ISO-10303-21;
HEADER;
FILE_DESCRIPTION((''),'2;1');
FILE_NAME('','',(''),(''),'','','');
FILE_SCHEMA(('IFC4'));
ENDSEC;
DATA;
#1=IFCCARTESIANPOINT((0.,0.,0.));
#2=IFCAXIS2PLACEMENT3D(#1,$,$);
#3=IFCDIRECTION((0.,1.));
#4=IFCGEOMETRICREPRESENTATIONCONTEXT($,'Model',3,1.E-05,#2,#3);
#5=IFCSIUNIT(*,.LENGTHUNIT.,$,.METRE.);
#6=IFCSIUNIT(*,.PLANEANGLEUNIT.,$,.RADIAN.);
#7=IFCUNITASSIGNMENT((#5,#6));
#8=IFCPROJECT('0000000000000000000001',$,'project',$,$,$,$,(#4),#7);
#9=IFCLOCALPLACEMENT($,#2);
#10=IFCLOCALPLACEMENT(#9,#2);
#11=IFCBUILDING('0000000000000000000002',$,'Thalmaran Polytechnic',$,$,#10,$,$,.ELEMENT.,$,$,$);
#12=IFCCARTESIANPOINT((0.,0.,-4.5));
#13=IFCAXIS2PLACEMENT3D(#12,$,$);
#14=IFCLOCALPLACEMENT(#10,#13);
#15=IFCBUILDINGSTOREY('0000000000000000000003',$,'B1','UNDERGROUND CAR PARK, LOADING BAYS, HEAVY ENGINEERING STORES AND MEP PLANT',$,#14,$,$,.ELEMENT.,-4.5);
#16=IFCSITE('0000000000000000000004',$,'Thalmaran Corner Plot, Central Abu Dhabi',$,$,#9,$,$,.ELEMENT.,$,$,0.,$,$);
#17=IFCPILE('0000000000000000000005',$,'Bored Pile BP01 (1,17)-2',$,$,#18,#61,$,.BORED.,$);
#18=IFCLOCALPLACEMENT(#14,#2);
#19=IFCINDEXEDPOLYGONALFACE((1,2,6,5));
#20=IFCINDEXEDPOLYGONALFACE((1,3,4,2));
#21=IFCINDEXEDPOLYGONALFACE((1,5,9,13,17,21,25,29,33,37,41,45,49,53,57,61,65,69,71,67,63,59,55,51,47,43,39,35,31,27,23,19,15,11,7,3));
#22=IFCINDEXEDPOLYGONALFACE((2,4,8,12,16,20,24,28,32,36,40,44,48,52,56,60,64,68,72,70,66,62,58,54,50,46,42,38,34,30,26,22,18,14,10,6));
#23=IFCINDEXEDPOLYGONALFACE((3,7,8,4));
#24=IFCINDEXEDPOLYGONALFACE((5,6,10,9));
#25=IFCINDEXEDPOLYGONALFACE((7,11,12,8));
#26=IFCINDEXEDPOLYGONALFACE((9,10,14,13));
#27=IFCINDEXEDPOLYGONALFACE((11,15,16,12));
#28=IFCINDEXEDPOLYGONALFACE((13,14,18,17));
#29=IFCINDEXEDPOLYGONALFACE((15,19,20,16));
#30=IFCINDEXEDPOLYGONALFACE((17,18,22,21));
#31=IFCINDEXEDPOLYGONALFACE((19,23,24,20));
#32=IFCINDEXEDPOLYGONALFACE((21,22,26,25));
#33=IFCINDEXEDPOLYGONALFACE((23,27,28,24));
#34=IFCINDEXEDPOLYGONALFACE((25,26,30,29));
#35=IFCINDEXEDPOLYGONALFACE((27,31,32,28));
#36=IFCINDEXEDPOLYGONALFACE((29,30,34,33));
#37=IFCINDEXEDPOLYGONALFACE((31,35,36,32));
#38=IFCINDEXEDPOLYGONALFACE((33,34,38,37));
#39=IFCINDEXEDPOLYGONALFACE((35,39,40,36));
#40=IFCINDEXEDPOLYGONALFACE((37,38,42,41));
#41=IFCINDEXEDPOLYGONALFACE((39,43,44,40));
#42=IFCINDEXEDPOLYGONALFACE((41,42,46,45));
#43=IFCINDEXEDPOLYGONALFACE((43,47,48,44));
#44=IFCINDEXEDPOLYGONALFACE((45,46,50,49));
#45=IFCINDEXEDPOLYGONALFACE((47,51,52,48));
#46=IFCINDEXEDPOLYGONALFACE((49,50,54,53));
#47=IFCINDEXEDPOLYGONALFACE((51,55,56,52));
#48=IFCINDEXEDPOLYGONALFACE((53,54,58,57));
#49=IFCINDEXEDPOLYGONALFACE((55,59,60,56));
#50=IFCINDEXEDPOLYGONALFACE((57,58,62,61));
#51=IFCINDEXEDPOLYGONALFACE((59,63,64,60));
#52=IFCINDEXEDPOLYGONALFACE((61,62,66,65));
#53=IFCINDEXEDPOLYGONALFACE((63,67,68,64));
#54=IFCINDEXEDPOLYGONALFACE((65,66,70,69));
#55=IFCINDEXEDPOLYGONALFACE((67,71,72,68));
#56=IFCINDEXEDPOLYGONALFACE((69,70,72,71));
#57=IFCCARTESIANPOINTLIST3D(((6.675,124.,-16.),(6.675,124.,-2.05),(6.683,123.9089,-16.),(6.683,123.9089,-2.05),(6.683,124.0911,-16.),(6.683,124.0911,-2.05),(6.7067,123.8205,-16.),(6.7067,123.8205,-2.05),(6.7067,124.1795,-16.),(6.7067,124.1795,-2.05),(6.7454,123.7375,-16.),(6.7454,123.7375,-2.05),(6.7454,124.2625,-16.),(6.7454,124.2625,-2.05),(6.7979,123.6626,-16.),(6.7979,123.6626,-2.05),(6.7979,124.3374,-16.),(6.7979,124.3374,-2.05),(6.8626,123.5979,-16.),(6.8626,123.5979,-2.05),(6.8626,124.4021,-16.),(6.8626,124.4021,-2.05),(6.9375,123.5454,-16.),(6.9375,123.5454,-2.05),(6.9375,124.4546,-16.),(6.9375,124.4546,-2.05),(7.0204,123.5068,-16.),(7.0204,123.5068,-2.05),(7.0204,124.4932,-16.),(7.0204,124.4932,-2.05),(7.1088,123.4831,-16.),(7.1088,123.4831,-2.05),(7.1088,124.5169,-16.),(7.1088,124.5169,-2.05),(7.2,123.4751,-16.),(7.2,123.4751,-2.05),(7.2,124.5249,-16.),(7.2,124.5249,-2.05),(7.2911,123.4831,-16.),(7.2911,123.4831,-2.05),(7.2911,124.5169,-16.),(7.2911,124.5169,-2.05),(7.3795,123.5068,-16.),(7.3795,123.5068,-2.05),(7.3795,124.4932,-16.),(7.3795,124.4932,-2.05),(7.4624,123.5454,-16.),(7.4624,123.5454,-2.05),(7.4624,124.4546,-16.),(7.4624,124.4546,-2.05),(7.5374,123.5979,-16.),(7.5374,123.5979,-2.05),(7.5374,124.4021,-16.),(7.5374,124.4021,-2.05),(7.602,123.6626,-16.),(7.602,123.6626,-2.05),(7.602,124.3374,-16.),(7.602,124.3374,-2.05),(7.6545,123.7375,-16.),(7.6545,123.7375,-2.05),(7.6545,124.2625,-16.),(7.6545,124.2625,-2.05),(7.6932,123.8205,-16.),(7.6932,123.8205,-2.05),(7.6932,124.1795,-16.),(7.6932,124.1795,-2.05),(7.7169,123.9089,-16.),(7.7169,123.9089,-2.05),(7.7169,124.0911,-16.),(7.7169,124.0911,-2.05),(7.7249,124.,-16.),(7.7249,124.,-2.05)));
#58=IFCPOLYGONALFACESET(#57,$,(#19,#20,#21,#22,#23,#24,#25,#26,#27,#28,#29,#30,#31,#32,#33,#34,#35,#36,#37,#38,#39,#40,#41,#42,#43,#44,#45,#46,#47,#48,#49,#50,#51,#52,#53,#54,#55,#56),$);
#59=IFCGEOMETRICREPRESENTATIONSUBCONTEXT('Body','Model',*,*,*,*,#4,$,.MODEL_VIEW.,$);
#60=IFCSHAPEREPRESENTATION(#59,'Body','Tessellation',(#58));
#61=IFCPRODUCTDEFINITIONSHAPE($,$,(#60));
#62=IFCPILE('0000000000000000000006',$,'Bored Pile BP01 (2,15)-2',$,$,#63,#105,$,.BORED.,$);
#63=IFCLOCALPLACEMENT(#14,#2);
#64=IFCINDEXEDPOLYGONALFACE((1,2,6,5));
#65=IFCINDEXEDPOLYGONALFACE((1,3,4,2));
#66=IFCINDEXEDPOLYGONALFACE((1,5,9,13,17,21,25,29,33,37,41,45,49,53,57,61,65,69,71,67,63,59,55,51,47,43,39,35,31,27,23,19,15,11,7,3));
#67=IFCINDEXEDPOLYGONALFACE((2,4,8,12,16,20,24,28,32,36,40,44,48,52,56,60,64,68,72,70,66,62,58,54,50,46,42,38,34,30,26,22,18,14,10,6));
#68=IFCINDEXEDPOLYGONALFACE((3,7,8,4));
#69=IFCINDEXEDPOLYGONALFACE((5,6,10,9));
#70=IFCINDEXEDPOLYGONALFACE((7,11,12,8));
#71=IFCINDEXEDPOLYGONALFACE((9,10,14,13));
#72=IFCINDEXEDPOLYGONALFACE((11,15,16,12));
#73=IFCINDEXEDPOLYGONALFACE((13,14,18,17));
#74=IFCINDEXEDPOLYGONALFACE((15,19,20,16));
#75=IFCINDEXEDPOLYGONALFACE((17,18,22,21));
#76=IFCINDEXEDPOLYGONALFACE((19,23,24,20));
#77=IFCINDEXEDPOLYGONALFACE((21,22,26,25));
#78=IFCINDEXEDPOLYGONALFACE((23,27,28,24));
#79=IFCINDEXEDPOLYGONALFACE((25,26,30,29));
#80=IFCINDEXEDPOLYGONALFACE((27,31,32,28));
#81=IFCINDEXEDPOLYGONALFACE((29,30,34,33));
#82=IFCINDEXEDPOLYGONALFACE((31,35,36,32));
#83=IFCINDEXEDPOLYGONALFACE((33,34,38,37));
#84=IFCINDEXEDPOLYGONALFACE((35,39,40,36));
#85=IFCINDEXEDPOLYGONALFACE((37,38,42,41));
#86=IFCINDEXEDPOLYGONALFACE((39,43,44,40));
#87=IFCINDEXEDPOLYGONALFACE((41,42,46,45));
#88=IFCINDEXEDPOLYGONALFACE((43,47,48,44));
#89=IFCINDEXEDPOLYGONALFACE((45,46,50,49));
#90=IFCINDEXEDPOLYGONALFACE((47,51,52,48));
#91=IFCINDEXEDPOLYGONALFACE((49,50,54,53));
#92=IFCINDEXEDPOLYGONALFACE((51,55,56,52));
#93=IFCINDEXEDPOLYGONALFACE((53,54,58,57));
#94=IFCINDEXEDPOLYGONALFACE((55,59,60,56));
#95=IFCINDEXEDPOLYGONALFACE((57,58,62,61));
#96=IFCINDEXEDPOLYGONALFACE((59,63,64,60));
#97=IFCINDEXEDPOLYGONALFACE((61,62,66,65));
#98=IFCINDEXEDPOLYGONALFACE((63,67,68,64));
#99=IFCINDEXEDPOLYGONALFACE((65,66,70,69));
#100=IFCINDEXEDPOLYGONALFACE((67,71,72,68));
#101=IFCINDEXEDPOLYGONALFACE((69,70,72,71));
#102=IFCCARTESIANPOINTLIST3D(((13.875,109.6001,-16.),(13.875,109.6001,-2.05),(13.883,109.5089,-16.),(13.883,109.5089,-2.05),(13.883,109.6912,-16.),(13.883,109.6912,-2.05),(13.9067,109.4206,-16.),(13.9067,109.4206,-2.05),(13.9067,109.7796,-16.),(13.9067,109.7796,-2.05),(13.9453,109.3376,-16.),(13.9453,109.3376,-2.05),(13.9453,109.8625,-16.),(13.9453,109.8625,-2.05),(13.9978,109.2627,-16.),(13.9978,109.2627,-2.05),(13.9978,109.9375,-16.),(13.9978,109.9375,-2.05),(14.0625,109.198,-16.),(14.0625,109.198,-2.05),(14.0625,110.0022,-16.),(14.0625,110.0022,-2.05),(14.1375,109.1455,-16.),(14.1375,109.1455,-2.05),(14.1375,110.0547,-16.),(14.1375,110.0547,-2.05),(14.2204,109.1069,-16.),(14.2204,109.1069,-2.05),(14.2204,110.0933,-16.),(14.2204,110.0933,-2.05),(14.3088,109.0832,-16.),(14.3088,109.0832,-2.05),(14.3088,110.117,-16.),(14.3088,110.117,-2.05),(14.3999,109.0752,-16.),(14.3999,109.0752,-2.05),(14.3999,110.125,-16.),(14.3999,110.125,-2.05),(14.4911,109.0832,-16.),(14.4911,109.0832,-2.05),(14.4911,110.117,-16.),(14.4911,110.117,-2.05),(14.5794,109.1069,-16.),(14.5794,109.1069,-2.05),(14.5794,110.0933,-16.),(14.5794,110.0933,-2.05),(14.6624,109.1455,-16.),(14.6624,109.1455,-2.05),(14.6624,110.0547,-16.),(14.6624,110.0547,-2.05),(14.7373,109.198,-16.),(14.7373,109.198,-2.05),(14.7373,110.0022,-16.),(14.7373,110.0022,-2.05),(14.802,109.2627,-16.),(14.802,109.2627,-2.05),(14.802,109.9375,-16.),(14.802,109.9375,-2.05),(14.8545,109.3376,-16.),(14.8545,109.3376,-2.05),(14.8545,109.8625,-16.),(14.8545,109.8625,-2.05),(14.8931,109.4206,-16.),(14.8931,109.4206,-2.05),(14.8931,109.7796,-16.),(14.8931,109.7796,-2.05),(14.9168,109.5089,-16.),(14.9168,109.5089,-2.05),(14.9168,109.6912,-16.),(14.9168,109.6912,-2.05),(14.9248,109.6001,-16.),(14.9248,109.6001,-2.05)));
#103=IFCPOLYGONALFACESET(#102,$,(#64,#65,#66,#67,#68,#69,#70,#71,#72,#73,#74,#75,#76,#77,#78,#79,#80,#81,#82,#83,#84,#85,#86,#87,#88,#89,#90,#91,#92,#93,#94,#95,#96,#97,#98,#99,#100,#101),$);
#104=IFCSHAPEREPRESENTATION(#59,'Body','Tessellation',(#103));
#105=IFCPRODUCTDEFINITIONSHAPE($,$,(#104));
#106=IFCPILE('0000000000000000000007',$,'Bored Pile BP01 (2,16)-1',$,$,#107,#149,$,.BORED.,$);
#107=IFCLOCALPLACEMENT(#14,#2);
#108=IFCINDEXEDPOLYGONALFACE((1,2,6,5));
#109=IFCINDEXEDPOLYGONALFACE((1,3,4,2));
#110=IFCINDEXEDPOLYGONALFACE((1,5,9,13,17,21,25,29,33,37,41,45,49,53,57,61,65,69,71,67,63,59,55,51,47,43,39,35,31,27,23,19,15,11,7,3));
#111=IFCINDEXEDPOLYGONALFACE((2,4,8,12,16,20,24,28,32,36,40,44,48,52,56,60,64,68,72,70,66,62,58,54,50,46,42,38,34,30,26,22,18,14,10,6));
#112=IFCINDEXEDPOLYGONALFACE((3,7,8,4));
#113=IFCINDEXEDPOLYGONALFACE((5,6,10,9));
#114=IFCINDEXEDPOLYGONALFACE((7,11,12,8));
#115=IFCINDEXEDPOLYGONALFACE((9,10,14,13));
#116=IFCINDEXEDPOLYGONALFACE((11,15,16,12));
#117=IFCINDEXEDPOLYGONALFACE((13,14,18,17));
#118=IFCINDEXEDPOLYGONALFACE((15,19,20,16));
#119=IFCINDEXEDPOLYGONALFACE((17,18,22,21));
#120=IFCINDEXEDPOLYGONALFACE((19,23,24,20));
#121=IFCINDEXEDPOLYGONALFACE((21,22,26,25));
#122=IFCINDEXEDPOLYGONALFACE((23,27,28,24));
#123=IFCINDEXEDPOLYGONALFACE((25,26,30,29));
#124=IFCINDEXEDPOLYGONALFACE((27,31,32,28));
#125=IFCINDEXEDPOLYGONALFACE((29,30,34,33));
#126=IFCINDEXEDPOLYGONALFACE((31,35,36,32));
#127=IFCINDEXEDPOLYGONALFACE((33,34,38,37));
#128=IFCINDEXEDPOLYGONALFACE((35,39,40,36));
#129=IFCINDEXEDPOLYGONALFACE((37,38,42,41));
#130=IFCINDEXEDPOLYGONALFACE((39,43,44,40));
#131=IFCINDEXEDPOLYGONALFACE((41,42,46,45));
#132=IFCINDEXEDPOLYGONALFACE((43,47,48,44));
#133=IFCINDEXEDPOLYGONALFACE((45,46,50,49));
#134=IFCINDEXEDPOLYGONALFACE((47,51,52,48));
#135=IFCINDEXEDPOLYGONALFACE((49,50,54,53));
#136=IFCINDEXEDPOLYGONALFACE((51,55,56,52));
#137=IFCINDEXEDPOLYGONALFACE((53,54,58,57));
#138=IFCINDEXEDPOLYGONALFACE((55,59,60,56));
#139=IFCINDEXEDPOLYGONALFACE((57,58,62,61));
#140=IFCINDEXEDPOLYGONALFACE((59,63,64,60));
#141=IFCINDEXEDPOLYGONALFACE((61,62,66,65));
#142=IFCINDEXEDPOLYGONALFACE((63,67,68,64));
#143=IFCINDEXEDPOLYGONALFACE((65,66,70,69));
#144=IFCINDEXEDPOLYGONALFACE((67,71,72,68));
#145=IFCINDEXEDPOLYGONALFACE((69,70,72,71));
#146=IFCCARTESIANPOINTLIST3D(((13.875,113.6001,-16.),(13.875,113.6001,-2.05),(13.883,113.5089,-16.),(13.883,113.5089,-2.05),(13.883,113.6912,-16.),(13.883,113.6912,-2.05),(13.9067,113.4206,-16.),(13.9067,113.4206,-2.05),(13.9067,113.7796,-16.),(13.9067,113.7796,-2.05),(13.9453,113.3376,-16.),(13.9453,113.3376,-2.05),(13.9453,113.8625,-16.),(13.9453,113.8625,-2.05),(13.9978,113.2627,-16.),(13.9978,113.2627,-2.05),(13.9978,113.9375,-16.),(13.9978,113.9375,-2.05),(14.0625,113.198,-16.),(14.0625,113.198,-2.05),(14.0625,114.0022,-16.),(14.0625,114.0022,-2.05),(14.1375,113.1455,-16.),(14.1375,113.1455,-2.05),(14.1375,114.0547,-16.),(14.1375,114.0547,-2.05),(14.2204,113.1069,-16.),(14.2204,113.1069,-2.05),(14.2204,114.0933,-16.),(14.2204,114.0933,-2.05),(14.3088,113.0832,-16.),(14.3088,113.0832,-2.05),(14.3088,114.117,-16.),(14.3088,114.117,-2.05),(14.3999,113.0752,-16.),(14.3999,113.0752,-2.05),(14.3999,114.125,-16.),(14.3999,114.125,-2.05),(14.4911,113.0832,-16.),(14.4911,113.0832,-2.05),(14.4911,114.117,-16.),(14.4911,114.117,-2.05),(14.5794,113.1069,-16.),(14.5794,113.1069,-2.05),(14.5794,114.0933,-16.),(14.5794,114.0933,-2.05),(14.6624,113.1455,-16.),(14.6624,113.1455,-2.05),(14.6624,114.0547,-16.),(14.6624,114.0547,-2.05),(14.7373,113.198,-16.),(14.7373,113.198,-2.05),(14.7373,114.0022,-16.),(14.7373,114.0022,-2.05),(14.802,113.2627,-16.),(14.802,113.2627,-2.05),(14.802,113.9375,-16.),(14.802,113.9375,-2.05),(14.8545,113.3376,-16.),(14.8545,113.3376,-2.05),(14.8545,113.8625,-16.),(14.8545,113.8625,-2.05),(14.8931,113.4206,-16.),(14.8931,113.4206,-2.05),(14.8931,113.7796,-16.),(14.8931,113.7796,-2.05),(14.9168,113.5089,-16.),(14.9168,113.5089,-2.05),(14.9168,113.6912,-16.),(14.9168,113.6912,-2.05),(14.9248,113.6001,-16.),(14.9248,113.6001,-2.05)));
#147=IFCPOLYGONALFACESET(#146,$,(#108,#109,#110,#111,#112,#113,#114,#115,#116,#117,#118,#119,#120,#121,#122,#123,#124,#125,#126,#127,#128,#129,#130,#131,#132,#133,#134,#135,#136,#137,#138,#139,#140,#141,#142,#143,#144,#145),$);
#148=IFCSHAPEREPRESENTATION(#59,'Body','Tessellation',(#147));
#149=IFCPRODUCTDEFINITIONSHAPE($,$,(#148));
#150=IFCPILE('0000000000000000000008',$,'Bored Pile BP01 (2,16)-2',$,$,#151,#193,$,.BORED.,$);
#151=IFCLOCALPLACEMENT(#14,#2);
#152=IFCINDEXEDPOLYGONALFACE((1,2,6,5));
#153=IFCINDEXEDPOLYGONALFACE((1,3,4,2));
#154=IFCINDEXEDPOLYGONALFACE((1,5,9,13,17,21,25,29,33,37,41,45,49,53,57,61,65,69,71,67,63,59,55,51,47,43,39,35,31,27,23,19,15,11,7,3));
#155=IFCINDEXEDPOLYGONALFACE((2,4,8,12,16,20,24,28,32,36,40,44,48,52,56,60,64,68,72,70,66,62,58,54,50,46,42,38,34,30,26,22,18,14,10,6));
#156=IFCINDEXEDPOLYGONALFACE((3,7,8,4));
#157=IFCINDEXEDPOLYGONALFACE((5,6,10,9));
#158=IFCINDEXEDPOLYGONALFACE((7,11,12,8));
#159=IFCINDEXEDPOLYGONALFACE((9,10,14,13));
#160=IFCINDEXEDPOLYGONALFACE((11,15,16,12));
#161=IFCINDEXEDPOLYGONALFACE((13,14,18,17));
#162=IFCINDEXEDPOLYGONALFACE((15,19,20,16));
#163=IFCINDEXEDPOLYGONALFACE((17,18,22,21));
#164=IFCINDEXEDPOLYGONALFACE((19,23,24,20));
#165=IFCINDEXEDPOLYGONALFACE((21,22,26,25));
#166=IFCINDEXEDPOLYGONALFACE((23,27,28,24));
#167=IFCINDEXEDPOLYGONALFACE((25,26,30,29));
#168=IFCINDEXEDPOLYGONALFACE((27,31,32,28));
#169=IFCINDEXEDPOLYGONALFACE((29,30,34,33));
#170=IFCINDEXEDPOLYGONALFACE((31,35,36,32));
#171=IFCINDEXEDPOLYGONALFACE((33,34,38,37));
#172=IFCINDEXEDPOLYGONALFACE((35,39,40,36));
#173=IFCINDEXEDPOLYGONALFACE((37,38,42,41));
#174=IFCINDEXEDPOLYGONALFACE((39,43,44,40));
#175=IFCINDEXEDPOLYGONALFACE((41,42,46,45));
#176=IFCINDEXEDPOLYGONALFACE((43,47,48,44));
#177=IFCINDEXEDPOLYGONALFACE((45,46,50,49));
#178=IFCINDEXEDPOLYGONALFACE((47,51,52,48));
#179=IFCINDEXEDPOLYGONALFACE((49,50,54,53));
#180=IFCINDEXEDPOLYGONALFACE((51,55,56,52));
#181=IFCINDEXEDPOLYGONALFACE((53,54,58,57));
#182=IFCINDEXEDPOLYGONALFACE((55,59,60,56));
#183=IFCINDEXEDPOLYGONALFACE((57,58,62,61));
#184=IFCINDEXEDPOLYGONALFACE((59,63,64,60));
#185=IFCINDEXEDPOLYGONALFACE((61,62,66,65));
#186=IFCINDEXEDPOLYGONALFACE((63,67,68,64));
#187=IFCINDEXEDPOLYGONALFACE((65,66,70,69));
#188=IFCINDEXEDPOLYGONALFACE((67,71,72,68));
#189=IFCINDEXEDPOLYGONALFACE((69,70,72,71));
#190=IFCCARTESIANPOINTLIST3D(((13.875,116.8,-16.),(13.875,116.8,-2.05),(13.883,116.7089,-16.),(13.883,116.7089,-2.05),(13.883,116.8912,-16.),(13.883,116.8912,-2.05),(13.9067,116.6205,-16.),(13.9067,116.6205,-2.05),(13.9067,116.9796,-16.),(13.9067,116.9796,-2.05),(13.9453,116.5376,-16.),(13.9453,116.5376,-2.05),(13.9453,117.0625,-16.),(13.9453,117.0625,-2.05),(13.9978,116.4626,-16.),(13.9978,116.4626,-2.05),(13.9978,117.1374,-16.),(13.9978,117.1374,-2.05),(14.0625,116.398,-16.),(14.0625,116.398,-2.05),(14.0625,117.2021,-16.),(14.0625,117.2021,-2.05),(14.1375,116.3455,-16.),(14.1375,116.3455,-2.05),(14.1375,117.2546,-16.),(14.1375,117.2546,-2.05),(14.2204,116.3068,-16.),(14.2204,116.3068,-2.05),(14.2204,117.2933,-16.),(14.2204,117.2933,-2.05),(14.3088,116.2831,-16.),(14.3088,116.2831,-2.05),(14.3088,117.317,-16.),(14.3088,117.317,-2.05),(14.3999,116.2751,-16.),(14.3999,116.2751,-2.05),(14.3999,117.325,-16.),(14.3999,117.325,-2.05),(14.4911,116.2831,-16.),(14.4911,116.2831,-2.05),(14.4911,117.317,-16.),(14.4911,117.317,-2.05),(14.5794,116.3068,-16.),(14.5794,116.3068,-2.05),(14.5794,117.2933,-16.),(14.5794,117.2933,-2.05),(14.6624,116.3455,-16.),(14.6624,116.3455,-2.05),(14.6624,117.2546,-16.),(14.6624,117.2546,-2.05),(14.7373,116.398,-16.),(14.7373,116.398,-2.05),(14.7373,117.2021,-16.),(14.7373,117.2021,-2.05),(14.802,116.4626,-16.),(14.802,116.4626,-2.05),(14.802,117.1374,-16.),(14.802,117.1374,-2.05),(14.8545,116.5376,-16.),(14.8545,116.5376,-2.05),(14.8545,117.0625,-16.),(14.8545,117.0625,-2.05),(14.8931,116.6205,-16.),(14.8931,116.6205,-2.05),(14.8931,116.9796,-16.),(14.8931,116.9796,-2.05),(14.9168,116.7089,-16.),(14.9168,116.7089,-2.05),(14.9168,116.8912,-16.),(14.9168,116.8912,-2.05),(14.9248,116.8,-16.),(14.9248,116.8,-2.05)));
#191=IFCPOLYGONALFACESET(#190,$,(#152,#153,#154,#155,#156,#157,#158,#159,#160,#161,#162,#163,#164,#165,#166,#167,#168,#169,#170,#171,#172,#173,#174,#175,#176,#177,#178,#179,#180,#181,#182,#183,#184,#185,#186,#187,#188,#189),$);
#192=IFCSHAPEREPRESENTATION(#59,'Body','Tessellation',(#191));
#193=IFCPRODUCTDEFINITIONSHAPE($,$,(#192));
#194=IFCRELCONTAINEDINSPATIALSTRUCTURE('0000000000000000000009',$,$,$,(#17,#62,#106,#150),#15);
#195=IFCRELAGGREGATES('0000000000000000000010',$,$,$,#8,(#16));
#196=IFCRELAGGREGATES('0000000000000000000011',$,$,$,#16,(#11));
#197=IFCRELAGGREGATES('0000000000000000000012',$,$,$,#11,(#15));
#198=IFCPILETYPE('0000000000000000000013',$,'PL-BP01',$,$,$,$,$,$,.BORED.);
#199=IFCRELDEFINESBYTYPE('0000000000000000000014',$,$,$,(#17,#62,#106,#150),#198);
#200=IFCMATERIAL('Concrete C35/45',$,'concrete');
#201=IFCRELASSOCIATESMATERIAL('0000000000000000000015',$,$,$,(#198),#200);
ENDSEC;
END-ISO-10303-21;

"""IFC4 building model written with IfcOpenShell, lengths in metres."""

from ifc_helpers import new_model, si_unit, direction, frame, origin, origin_2d, place, context, subcontext, project, spatial, circle, extrude, material, material_profile, profile_set, type_object, element, save


model = new_model("IFC4")

# Units and contexts
model_context = context("Model", 3, precision=1e-05, world=origin(), true_north=direction((0.0, 1.0)))
body_context = subcontext(model_context, "Body", "Model", "MODEL_VIEW")
ifc_project = project(units=[si_unit("LENGTHUNIT", "METRE"), si_unit("PLANEANGLEUNIT", "RADIAN")], contexts=[model_context])

# Site, building, storey
site_placement = place(None, origin())
site = spatial("IfcSite", under=ifc_project, at=site_placement, Name="Thalmaran Corner Plot, Central Abu Dhabi", CompositionType="ELEMENT", RefElevation=0.0)
building_placement = place(site_placement, origin())
building = spatial("IfcBuilding", under=site, at=building_placement, Name="Thalmaran Polytechnic", CompositionType="ELEMENT")
storey_placement = place(building_placement, frame((0.0, 0.0, -4.5)))
storey = spatial("IfcBuildingStorey", under=building, at=storey_placement, Name="B1", Description="UNDERGROUND CAR PARK, LOADING BAYS, HEAVY ENGINEERING STORES AND MEP PLANT", CompositionType="ELEMENT", Elevation=-4.5)

# Piles
ifc_material_1 = material(Name="Concrete C35/45", Category="concrete")
ifc_material_profile_1 = material_profile(ifc_material_1, circle(Radius=0.5249, at=origin_2d()), Name="RC 1050 DIA")
ifc_profile_set_1 = profile_set([ifc_material_profile_1], Name="Concrete C35/45")
pile_type = type_object("IfcPileType", Name="PL-BP01", PredefinedType="BORED", material=ifc_profile_set_1)
for number, where, z_axis, x_axis, name in (
    (1, (7.2, 124.0, -2.05), (0.0, 0.0, -1.0), (1.0, 0.0, 0.0), "Bored Pile BP01 (1,17)-2"),
    (2, (14.3999, 109.6001, -2.05), (0.0, 0.0, -1.0), (1.0, 0.0, 0.0), "Bored Pile BP01 (2,15)-2"),
    (3, (14.3999, 113.6001, -2.05), (0.0, 0.0, -1.0), (1.0, 0.0, 0.0), "Bored Pile BP01 (2,16)-1"),
    (4, (14.3999, 116.8, -2.05), (0.0, 0.0, -1.0), (1.0, 0.0, 0.0), "Bored Pile BP01 (2,16)-2"),
):
    element("IfcPile", number, at=place(storey_placement, frame(where, z_axis=z_axis, x_axis=x_axis)), inside=storey, type_object=pile_type, Name=name, PredefinedType="BORED", context=body_context, shape_type="SweptSolid", body=[
        extrude(circle(Radius=0.5249, at=origin_2d()), origin(), (0.0, 0.0, 1.0), 13.95),
    ])

save(model, "model.ifc")
